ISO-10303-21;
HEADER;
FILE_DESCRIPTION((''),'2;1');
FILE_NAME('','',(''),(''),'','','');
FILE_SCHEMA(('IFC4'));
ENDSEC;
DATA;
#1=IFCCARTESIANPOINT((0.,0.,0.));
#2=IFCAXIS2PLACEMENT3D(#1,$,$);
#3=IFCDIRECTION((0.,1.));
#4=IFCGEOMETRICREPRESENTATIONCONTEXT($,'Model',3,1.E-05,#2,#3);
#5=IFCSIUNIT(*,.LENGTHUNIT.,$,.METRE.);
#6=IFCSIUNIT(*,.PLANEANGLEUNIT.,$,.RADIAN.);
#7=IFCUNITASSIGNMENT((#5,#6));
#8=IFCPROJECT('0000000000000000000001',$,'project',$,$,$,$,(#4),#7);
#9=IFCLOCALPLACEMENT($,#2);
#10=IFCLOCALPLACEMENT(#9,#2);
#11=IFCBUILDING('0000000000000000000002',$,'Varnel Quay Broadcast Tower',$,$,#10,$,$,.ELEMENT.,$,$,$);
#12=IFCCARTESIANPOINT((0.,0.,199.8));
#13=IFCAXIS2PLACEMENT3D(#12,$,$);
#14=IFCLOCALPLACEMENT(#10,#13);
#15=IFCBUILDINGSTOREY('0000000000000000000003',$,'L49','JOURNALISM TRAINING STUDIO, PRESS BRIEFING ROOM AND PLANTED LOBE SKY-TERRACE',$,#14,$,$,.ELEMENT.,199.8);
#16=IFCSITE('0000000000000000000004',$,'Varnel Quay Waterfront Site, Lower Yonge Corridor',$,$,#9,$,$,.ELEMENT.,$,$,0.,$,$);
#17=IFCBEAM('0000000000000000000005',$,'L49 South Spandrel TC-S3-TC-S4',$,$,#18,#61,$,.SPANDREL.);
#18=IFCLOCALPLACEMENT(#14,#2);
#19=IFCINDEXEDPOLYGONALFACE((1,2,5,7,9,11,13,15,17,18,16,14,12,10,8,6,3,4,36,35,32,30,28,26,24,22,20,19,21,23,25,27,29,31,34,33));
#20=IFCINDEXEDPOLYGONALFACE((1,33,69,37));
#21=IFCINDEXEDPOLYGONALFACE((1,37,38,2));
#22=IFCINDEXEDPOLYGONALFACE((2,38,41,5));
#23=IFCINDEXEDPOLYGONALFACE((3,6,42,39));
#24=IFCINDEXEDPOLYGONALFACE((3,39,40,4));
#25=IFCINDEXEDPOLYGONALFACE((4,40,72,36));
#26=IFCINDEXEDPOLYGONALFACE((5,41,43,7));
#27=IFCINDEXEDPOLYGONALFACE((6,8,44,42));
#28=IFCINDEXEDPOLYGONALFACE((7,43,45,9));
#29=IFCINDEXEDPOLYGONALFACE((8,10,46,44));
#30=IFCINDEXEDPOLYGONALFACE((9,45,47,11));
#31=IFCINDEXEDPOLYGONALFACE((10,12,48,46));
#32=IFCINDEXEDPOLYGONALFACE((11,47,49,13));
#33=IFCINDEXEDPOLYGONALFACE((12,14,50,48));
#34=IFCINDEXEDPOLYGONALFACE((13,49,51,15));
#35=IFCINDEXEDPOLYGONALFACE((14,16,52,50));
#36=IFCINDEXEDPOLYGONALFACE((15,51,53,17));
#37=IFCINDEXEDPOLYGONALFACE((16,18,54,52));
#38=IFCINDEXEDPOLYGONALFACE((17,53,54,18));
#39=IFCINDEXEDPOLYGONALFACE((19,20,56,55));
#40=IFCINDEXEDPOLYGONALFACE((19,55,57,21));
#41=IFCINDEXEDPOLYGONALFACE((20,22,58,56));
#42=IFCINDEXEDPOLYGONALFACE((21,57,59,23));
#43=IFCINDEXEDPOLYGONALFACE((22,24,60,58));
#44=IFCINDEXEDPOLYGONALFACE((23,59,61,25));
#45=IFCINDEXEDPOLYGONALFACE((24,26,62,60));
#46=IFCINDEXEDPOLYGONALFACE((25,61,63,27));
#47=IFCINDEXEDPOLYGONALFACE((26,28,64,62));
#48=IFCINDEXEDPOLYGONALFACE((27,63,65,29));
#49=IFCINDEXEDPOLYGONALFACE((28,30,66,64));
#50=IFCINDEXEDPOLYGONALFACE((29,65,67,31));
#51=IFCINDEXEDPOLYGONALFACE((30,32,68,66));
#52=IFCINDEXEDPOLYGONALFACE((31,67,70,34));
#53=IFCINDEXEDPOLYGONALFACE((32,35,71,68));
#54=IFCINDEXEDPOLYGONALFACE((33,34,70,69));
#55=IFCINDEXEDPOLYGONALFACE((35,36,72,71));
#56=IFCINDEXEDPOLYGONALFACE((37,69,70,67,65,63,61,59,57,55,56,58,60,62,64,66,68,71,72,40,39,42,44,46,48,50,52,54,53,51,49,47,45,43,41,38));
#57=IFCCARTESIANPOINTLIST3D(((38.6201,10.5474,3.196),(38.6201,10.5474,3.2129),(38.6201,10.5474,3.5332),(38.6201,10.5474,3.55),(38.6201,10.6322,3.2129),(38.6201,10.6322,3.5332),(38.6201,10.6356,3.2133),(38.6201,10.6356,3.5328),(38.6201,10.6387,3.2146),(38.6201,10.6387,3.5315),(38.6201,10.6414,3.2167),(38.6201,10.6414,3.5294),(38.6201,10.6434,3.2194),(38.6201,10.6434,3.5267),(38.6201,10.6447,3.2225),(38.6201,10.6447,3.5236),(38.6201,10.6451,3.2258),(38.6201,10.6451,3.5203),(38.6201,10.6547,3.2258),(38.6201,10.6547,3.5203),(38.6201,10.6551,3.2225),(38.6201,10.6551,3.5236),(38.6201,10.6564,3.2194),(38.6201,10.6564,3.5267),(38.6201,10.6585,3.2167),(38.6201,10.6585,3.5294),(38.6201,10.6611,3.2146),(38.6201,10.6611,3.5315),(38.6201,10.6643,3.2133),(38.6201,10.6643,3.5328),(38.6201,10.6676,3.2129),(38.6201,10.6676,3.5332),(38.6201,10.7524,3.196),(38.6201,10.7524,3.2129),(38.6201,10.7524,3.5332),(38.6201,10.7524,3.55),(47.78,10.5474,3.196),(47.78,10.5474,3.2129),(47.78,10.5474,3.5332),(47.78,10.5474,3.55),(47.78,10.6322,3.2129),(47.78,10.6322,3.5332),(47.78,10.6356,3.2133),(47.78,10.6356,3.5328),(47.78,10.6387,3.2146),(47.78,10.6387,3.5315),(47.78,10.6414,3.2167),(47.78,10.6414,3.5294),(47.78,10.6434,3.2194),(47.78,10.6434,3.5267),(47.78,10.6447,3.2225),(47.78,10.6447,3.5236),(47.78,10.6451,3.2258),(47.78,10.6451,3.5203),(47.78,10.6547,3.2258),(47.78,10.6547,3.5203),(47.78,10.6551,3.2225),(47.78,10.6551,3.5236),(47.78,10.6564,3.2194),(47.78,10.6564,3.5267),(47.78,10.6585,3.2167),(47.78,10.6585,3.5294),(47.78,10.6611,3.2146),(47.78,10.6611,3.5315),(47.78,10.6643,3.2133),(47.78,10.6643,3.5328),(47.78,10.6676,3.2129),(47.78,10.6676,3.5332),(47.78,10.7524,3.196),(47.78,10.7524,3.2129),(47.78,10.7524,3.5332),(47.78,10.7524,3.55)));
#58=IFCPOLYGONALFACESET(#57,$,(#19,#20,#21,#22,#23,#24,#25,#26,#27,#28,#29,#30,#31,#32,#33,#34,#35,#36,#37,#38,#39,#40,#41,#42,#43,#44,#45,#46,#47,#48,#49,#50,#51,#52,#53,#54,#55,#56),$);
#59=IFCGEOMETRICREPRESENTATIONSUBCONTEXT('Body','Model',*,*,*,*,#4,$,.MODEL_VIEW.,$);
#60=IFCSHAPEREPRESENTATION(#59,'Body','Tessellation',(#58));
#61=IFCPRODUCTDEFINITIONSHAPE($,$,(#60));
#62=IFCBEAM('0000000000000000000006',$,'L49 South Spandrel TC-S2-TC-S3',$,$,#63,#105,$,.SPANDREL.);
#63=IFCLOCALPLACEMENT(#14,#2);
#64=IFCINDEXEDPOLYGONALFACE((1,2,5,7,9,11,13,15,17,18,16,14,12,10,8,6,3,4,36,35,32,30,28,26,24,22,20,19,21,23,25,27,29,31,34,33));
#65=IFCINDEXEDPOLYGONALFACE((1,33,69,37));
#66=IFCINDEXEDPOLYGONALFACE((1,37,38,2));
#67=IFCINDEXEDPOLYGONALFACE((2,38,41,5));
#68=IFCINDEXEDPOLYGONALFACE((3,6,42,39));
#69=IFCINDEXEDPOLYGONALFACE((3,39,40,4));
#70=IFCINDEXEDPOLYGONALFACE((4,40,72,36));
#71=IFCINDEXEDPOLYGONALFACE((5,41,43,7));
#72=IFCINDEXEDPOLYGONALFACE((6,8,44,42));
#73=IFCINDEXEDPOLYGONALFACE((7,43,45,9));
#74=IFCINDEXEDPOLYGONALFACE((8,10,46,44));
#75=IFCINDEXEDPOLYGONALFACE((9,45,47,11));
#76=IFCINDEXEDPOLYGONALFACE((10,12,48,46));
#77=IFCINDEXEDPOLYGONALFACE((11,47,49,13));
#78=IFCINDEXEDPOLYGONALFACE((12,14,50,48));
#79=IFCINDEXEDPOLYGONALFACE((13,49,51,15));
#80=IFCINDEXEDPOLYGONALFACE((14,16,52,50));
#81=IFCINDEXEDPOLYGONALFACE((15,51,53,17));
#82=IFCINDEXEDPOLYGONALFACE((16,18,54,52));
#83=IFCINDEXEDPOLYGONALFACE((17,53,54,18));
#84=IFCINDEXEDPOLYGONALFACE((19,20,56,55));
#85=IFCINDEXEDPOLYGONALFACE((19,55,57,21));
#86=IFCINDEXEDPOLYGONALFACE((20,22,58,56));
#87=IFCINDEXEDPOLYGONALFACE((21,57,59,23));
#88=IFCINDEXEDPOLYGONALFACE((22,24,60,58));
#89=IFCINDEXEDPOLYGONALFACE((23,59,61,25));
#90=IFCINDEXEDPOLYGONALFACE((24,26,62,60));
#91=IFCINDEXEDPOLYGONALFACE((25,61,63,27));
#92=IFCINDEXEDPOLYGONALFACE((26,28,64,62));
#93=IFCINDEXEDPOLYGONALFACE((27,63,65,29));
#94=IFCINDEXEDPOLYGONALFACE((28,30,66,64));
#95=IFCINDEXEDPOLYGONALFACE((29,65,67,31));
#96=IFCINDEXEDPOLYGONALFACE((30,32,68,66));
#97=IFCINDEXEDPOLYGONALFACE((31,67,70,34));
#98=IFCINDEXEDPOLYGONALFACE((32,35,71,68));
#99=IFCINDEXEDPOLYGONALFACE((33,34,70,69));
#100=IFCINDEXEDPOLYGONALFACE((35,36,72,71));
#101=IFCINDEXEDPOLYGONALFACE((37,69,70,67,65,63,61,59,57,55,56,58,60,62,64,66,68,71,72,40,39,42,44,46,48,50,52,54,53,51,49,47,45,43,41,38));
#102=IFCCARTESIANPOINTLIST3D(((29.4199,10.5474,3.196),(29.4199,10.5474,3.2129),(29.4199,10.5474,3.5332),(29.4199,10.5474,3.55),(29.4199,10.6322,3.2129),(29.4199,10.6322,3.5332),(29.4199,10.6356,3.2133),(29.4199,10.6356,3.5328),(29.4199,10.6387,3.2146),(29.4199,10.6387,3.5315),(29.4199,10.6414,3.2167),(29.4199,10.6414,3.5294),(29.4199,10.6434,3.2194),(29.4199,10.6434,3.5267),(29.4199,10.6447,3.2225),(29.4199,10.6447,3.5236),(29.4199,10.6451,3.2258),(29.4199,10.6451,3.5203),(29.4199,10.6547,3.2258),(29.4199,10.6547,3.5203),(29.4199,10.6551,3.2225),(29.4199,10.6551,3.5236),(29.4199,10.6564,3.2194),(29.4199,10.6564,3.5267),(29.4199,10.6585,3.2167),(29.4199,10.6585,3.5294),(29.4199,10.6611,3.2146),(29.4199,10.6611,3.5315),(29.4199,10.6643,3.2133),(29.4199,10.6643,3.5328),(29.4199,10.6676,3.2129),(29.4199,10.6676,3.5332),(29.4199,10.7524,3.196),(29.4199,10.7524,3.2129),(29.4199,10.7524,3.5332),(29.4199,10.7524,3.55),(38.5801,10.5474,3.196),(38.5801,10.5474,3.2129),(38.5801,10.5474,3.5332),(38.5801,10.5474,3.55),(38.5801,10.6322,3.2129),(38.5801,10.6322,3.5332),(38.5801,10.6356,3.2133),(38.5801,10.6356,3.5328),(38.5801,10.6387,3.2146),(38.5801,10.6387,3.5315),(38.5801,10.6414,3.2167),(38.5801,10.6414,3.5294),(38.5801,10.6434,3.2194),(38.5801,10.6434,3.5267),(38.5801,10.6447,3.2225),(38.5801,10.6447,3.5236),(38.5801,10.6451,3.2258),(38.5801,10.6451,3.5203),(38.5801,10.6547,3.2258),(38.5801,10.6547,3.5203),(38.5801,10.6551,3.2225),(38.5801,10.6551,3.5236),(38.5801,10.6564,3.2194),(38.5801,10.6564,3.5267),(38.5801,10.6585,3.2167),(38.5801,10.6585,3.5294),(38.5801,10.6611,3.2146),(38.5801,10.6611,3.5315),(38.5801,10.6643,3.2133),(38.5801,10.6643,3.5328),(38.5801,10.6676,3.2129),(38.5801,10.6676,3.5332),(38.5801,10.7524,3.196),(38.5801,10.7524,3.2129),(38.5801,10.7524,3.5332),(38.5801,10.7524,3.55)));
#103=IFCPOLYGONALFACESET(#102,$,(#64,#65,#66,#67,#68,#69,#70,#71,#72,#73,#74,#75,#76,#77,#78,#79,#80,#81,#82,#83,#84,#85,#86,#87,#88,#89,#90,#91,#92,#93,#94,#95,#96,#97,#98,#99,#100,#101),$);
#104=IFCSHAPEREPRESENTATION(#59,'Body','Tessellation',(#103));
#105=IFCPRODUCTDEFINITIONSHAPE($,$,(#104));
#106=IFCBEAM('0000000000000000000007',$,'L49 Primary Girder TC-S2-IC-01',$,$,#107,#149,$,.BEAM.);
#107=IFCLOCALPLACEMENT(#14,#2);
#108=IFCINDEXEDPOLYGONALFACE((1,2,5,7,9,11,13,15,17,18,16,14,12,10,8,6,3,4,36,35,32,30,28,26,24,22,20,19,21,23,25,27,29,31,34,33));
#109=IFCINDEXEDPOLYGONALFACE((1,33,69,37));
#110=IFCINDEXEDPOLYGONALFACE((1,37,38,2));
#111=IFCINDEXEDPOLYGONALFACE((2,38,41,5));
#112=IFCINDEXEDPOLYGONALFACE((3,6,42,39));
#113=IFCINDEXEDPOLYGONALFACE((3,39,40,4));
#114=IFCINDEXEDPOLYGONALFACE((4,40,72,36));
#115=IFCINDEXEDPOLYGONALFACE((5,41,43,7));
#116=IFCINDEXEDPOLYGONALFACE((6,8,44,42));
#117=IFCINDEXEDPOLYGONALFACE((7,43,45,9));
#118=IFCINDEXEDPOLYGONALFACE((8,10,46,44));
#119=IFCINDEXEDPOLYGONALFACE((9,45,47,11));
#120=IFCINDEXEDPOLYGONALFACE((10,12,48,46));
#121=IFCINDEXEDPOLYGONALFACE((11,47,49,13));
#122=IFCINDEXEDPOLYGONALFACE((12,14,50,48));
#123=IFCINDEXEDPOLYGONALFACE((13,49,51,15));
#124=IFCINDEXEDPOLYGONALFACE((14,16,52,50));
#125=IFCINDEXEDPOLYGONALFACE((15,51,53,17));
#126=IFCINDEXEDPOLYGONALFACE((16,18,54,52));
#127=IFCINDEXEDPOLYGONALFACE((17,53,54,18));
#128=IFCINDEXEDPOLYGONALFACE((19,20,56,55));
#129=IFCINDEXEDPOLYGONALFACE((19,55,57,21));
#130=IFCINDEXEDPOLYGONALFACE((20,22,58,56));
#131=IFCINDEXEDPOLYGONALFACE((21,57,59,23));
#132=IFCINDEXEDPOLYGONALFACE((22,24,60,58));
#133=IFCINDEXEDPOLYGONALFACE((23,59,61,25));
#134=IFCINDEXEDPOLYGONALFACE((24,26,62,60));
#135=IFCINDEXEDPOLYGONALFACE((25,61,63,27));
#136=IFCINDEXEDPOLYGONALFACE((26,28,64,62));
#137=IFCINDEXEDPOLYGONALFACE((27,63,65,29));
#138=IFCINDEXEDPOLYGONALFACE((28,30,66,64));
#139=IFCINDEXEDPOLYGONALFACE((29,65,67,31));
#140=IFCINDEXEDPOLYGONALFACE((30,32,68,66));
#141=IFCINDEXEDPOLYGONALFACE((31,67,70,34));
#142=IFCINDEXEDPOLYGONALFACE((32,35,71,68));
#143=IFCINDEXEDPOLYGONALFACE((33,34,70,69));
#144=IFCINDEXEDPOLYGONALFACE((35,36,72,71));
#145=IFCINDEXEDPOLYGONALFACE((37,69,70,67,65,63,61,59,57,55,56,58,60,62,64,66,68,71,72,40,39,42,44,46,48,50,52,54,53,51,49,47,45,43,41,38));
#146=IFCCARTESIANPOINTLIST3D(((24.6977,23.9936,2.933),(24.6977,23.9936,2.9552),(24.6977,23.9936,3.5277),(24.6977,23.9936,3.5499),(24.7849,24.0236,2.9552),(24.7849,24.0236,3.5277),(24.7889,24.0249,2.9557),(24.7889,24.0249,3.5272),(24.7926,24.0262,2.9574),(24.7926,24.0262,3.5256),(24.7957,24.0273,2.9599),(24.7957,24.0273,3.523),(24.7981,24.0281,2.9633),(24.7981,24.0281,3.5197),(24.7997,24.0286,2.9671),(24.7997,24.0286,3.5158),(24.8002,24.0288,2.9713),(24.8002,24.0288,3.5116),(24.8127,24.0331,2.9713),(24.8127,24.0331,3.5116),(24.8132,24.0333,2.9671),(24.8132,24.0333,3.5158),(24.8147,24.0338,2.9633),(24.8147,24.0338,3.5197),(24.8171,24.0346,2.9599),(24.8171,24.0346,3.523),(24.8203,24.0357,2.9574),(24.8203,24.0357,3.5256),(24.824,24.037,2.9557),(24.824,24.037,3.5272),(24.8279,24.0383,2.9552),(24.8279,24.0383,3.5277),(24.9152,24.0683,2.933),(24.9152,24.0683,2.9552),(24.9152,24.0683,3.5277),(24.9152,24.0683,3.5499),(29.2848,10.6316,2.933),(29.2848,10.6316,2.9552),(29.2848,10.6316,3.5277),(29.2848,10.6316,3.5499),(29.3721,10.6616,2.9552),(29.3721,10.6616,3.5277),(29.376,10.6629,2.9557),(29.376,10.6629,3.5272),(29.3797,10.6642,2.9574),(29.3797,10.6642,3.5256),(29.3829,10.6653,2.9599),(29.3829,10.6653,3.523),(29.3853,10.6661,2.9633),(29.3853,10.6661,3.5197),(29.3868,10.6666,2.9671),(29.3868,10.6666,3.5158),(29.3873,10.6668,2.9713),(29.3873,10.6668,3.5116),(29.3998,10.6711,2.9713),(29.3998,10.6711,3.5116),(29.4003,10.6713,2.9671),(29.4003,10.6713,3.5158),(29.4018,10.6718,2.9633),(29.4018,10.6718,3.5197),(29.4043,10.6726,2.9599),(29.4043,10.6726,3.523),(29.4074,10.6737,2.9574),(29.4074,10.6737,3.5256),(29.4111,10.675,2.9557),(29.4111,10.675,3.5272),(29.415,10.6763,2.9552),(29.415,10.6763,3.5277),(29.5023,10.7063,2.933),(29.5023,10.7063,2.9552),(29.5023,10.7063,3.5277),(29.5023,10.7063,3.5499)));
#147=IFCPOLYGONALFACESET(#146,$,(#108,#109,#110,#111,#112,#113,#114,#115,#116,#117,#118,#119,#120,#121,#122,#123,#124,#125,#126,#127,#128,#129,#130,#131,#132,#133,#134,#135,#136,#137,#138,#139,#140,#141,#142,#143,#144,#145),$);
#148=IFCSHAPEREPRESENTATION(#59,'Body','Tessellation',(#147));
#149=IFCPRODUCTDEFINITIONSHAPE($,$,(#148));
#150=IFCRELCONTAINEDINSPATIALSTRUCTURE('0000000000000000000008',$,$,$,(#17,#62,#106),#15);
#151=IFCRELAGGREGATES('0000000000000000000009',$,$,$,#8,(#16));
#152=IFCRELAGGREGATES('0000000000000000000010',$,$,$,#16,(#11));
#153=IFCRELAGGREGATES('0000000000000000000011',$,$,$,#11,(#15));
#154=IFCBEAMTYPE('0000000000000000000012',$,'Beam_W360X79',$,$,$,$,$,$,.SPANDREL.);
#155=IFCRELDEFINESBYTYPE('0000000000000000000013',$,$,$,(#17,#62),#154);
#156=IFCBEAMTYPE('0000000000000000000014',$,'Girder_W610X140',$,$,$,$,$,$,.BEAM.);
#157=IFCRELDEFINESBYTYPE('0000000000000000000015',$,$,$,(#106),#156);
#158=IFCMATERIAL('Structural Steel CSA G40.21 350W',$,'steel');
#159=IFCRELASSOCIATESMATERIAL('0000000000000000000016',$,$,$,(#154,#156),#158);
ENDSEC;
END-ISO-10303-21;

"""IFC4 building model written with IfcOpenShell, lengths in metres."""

from ifc_helpers import new_model, si_unit, direction, frame, origin, origin_2d, place, context, subcontext, project, spatial, i_section, extrude, source, transform, mapped, material, material_profile, profile_set, type_object, type_shapes, element, save


model = new_model("IFC4")

# Units and contexts
model_context = context("Model", 3, precision=1e-05, world=origin(), true_north=direction((0.0, 1.0)))
body_context = subcontext(model_context, "Body", "Model", "MODEL_VIEW")
ifc_project = project(units=[si_unit("LENGTHUNIT", "METRE"), si_unit("PLANEANGLEUNIT", "RADIAN")], contexts=[model_context])

# Site, building, storey
site_placement = place(None, origin())
site = spatial("IfcSite", under=ifc_project, at=site_placement, Name="Varnel Quay Waterfront Site, Lower Yonge Corridor", CompositionType="ELEMENT", RefElevation=0.0)
building_placement = place(site_placement, origin())
building = spatial("IfcBuilding", under=site, at=building_placement, Name="Varnel Quay Broadcast Tower", CompositionType="ELEMENT")
storey_placement = place(building_placement, frame((0.0, 0.0, 199.8)))
storey = spatial("IfcBuildingStorey", under=building, at=storey_placement, Name="L49", Description="JOURNALISM TRAINING STUDIO, PRESS BRIEFING ROOM AND PLANTED LOBE SKY-TERRACE", CompositionType="ELEMENT", Elevation=199.8)

# Shared definitions
ifc_material_1 = material(Name="Structural Steel CSA G40.21 350W", Category="steel")

# Beams
ifc_material_profile_1 = material_profile(ifc_material_1, i_section(OverallWidth=0.2051, OverallDepth=0.354, WebThickness=0.0095, FlangeThickness=0.0168, FilletRadius=0.0129, at=origin_2d()), Name="W360X79")
ifc_profile_set_1 = profile_set([ifc_material_profile_1], Name="Structural Steel CSA G40.21 350W")
beam_type_1 = type_object("IfcBeamType", Name="Beam_W360X79", PredefinedType="SPANDREL", material=ifc_profile_set_1)
shared_shape_1 = source(origin(), body_context, "Body", "SweptSolid", [
    extrude(i_section(OverallWidth=0.2051, OverallDepth=0.354, WebThickness=0.0095, FlangeThickness=0.0168, FilletRadius=0.0129, at=origin_2d()), origin(), (0.0, 0.0, 1.0), 9.1599),
])
beam_1_placement = place(storey_placement, frame((38.6201, 10.6499, 3.373), z_axis=(1.0, 0.0, 0.0), x_axis=(0.0, 1.0, 0.0)))
element("IfcBeam", 1, at=beam_1_placement, inside=storey, type_object=beam_type_1, Name="L49 South Spandrel TC-S3-TC-S4", PredefinedType="SPANDREL", context=body_context, shape_type="MappedRepresentation", body=[
    mapped(shared_shape_1, transform((0.0, 0.0, 0.0), x_axis=(1.0, 0.0, 0.0), y_axis=(0.0, 1.0, 0.0), z_axis=(0.0, 0.0, 1.0), scale=1.0)),
])
shared_shape_2 = source(origin(), body_context, "Body", "SweptSolid", [
    extrude(i_section(OverallWidth=0.2051, OverallDepth=0.354, WebThickness=0.0095, FlangeThickness=0.0168, FilletRadius=0.0129, at=origin_2d()), origin(), (0.0, 0.0, 1.0), 9.1602),
])
type_shapes(beam_type_1, [shared_shape_1, shared_shape_2])
beam_2_placement = place(storey_placement, frame((29.4199, 10.6499, 3.373), z_axis=(1.0, 0.0, 0.0), x_axis=(0.0, 1.0, 0.0)))
element("IfcBeam", 2, at=beam_2_placement, inside=storey, type_object=beam_type_1, Name="L49 South Spandrel TC-S2-TC-S3", PredefinedType="SPANDREL", context=body_context, shape_type="MappedRepresentation", body=[
    mapped(shared_shape_2, transform((0.0, 0.0, 0.0), x_axis=(1.0, 0.0, 0.0), y_axis=(0.0, 1.0, 0.0), z_axis=(0.0, 0.0, 1.0), scale=1.0)),
])
ifc_material_profile_2 = material_profile(ifc_material_1, i_section(OverallWidth=0.23, OverallDepth=0.6169, WebThickness=0.0132, FlangeThickness=0.0222, FilletRadius=0.0161, at=origin_2d()), Name="W610X140")
ifc_profile_set_2 = profile_set([ifc_material_profile_2], Name="Structural Steel CSA G40.21 350W")
beam_type_2 = type_object("IfcBeamType", Name="Girder_W610X140", PredefinedType="BEAM", material=ifc_profile_set_2)
shared_shape_3 = source(origin(), body_context, "Body", "SweptSolid", [
    extrude(i_section(OverallWidth=0.23, OverallDepth=0.6169, WebThickness=0.0132, FlangeThickness=0.0222, FilletRadius=0.0161, at=origin_2d()), origin(), (0.0, 0.0, 1.0), 14.1274),
])
beam_3_placement = place(storey_placement, frame((29.3936, 10.6689, 3.2415), z_axis=(-0.324697, 0.945818, 0.0), x_axis=(-0.945818, -0.324697, 0.0)))
element("IfcBeam", 3, at=beam_3_placement, inside=storey, type_object=beam_type_2, Name="L49 Primary Girder TC-S2-IC-01", PredefinedType="BEAM", context=body_context, shape_type="MappedRepresentation", body=[
    mapped(shared_shape_3, transform((0.0, 0.0, 0.0), x_axis=(1.0, 0.0, 0.0), y_axis=(0.0, 1.0, 0.0), z_axis=(0.0, 0.0, 1.0), scale=1.0)),
])

save(model, "model.ifc")
